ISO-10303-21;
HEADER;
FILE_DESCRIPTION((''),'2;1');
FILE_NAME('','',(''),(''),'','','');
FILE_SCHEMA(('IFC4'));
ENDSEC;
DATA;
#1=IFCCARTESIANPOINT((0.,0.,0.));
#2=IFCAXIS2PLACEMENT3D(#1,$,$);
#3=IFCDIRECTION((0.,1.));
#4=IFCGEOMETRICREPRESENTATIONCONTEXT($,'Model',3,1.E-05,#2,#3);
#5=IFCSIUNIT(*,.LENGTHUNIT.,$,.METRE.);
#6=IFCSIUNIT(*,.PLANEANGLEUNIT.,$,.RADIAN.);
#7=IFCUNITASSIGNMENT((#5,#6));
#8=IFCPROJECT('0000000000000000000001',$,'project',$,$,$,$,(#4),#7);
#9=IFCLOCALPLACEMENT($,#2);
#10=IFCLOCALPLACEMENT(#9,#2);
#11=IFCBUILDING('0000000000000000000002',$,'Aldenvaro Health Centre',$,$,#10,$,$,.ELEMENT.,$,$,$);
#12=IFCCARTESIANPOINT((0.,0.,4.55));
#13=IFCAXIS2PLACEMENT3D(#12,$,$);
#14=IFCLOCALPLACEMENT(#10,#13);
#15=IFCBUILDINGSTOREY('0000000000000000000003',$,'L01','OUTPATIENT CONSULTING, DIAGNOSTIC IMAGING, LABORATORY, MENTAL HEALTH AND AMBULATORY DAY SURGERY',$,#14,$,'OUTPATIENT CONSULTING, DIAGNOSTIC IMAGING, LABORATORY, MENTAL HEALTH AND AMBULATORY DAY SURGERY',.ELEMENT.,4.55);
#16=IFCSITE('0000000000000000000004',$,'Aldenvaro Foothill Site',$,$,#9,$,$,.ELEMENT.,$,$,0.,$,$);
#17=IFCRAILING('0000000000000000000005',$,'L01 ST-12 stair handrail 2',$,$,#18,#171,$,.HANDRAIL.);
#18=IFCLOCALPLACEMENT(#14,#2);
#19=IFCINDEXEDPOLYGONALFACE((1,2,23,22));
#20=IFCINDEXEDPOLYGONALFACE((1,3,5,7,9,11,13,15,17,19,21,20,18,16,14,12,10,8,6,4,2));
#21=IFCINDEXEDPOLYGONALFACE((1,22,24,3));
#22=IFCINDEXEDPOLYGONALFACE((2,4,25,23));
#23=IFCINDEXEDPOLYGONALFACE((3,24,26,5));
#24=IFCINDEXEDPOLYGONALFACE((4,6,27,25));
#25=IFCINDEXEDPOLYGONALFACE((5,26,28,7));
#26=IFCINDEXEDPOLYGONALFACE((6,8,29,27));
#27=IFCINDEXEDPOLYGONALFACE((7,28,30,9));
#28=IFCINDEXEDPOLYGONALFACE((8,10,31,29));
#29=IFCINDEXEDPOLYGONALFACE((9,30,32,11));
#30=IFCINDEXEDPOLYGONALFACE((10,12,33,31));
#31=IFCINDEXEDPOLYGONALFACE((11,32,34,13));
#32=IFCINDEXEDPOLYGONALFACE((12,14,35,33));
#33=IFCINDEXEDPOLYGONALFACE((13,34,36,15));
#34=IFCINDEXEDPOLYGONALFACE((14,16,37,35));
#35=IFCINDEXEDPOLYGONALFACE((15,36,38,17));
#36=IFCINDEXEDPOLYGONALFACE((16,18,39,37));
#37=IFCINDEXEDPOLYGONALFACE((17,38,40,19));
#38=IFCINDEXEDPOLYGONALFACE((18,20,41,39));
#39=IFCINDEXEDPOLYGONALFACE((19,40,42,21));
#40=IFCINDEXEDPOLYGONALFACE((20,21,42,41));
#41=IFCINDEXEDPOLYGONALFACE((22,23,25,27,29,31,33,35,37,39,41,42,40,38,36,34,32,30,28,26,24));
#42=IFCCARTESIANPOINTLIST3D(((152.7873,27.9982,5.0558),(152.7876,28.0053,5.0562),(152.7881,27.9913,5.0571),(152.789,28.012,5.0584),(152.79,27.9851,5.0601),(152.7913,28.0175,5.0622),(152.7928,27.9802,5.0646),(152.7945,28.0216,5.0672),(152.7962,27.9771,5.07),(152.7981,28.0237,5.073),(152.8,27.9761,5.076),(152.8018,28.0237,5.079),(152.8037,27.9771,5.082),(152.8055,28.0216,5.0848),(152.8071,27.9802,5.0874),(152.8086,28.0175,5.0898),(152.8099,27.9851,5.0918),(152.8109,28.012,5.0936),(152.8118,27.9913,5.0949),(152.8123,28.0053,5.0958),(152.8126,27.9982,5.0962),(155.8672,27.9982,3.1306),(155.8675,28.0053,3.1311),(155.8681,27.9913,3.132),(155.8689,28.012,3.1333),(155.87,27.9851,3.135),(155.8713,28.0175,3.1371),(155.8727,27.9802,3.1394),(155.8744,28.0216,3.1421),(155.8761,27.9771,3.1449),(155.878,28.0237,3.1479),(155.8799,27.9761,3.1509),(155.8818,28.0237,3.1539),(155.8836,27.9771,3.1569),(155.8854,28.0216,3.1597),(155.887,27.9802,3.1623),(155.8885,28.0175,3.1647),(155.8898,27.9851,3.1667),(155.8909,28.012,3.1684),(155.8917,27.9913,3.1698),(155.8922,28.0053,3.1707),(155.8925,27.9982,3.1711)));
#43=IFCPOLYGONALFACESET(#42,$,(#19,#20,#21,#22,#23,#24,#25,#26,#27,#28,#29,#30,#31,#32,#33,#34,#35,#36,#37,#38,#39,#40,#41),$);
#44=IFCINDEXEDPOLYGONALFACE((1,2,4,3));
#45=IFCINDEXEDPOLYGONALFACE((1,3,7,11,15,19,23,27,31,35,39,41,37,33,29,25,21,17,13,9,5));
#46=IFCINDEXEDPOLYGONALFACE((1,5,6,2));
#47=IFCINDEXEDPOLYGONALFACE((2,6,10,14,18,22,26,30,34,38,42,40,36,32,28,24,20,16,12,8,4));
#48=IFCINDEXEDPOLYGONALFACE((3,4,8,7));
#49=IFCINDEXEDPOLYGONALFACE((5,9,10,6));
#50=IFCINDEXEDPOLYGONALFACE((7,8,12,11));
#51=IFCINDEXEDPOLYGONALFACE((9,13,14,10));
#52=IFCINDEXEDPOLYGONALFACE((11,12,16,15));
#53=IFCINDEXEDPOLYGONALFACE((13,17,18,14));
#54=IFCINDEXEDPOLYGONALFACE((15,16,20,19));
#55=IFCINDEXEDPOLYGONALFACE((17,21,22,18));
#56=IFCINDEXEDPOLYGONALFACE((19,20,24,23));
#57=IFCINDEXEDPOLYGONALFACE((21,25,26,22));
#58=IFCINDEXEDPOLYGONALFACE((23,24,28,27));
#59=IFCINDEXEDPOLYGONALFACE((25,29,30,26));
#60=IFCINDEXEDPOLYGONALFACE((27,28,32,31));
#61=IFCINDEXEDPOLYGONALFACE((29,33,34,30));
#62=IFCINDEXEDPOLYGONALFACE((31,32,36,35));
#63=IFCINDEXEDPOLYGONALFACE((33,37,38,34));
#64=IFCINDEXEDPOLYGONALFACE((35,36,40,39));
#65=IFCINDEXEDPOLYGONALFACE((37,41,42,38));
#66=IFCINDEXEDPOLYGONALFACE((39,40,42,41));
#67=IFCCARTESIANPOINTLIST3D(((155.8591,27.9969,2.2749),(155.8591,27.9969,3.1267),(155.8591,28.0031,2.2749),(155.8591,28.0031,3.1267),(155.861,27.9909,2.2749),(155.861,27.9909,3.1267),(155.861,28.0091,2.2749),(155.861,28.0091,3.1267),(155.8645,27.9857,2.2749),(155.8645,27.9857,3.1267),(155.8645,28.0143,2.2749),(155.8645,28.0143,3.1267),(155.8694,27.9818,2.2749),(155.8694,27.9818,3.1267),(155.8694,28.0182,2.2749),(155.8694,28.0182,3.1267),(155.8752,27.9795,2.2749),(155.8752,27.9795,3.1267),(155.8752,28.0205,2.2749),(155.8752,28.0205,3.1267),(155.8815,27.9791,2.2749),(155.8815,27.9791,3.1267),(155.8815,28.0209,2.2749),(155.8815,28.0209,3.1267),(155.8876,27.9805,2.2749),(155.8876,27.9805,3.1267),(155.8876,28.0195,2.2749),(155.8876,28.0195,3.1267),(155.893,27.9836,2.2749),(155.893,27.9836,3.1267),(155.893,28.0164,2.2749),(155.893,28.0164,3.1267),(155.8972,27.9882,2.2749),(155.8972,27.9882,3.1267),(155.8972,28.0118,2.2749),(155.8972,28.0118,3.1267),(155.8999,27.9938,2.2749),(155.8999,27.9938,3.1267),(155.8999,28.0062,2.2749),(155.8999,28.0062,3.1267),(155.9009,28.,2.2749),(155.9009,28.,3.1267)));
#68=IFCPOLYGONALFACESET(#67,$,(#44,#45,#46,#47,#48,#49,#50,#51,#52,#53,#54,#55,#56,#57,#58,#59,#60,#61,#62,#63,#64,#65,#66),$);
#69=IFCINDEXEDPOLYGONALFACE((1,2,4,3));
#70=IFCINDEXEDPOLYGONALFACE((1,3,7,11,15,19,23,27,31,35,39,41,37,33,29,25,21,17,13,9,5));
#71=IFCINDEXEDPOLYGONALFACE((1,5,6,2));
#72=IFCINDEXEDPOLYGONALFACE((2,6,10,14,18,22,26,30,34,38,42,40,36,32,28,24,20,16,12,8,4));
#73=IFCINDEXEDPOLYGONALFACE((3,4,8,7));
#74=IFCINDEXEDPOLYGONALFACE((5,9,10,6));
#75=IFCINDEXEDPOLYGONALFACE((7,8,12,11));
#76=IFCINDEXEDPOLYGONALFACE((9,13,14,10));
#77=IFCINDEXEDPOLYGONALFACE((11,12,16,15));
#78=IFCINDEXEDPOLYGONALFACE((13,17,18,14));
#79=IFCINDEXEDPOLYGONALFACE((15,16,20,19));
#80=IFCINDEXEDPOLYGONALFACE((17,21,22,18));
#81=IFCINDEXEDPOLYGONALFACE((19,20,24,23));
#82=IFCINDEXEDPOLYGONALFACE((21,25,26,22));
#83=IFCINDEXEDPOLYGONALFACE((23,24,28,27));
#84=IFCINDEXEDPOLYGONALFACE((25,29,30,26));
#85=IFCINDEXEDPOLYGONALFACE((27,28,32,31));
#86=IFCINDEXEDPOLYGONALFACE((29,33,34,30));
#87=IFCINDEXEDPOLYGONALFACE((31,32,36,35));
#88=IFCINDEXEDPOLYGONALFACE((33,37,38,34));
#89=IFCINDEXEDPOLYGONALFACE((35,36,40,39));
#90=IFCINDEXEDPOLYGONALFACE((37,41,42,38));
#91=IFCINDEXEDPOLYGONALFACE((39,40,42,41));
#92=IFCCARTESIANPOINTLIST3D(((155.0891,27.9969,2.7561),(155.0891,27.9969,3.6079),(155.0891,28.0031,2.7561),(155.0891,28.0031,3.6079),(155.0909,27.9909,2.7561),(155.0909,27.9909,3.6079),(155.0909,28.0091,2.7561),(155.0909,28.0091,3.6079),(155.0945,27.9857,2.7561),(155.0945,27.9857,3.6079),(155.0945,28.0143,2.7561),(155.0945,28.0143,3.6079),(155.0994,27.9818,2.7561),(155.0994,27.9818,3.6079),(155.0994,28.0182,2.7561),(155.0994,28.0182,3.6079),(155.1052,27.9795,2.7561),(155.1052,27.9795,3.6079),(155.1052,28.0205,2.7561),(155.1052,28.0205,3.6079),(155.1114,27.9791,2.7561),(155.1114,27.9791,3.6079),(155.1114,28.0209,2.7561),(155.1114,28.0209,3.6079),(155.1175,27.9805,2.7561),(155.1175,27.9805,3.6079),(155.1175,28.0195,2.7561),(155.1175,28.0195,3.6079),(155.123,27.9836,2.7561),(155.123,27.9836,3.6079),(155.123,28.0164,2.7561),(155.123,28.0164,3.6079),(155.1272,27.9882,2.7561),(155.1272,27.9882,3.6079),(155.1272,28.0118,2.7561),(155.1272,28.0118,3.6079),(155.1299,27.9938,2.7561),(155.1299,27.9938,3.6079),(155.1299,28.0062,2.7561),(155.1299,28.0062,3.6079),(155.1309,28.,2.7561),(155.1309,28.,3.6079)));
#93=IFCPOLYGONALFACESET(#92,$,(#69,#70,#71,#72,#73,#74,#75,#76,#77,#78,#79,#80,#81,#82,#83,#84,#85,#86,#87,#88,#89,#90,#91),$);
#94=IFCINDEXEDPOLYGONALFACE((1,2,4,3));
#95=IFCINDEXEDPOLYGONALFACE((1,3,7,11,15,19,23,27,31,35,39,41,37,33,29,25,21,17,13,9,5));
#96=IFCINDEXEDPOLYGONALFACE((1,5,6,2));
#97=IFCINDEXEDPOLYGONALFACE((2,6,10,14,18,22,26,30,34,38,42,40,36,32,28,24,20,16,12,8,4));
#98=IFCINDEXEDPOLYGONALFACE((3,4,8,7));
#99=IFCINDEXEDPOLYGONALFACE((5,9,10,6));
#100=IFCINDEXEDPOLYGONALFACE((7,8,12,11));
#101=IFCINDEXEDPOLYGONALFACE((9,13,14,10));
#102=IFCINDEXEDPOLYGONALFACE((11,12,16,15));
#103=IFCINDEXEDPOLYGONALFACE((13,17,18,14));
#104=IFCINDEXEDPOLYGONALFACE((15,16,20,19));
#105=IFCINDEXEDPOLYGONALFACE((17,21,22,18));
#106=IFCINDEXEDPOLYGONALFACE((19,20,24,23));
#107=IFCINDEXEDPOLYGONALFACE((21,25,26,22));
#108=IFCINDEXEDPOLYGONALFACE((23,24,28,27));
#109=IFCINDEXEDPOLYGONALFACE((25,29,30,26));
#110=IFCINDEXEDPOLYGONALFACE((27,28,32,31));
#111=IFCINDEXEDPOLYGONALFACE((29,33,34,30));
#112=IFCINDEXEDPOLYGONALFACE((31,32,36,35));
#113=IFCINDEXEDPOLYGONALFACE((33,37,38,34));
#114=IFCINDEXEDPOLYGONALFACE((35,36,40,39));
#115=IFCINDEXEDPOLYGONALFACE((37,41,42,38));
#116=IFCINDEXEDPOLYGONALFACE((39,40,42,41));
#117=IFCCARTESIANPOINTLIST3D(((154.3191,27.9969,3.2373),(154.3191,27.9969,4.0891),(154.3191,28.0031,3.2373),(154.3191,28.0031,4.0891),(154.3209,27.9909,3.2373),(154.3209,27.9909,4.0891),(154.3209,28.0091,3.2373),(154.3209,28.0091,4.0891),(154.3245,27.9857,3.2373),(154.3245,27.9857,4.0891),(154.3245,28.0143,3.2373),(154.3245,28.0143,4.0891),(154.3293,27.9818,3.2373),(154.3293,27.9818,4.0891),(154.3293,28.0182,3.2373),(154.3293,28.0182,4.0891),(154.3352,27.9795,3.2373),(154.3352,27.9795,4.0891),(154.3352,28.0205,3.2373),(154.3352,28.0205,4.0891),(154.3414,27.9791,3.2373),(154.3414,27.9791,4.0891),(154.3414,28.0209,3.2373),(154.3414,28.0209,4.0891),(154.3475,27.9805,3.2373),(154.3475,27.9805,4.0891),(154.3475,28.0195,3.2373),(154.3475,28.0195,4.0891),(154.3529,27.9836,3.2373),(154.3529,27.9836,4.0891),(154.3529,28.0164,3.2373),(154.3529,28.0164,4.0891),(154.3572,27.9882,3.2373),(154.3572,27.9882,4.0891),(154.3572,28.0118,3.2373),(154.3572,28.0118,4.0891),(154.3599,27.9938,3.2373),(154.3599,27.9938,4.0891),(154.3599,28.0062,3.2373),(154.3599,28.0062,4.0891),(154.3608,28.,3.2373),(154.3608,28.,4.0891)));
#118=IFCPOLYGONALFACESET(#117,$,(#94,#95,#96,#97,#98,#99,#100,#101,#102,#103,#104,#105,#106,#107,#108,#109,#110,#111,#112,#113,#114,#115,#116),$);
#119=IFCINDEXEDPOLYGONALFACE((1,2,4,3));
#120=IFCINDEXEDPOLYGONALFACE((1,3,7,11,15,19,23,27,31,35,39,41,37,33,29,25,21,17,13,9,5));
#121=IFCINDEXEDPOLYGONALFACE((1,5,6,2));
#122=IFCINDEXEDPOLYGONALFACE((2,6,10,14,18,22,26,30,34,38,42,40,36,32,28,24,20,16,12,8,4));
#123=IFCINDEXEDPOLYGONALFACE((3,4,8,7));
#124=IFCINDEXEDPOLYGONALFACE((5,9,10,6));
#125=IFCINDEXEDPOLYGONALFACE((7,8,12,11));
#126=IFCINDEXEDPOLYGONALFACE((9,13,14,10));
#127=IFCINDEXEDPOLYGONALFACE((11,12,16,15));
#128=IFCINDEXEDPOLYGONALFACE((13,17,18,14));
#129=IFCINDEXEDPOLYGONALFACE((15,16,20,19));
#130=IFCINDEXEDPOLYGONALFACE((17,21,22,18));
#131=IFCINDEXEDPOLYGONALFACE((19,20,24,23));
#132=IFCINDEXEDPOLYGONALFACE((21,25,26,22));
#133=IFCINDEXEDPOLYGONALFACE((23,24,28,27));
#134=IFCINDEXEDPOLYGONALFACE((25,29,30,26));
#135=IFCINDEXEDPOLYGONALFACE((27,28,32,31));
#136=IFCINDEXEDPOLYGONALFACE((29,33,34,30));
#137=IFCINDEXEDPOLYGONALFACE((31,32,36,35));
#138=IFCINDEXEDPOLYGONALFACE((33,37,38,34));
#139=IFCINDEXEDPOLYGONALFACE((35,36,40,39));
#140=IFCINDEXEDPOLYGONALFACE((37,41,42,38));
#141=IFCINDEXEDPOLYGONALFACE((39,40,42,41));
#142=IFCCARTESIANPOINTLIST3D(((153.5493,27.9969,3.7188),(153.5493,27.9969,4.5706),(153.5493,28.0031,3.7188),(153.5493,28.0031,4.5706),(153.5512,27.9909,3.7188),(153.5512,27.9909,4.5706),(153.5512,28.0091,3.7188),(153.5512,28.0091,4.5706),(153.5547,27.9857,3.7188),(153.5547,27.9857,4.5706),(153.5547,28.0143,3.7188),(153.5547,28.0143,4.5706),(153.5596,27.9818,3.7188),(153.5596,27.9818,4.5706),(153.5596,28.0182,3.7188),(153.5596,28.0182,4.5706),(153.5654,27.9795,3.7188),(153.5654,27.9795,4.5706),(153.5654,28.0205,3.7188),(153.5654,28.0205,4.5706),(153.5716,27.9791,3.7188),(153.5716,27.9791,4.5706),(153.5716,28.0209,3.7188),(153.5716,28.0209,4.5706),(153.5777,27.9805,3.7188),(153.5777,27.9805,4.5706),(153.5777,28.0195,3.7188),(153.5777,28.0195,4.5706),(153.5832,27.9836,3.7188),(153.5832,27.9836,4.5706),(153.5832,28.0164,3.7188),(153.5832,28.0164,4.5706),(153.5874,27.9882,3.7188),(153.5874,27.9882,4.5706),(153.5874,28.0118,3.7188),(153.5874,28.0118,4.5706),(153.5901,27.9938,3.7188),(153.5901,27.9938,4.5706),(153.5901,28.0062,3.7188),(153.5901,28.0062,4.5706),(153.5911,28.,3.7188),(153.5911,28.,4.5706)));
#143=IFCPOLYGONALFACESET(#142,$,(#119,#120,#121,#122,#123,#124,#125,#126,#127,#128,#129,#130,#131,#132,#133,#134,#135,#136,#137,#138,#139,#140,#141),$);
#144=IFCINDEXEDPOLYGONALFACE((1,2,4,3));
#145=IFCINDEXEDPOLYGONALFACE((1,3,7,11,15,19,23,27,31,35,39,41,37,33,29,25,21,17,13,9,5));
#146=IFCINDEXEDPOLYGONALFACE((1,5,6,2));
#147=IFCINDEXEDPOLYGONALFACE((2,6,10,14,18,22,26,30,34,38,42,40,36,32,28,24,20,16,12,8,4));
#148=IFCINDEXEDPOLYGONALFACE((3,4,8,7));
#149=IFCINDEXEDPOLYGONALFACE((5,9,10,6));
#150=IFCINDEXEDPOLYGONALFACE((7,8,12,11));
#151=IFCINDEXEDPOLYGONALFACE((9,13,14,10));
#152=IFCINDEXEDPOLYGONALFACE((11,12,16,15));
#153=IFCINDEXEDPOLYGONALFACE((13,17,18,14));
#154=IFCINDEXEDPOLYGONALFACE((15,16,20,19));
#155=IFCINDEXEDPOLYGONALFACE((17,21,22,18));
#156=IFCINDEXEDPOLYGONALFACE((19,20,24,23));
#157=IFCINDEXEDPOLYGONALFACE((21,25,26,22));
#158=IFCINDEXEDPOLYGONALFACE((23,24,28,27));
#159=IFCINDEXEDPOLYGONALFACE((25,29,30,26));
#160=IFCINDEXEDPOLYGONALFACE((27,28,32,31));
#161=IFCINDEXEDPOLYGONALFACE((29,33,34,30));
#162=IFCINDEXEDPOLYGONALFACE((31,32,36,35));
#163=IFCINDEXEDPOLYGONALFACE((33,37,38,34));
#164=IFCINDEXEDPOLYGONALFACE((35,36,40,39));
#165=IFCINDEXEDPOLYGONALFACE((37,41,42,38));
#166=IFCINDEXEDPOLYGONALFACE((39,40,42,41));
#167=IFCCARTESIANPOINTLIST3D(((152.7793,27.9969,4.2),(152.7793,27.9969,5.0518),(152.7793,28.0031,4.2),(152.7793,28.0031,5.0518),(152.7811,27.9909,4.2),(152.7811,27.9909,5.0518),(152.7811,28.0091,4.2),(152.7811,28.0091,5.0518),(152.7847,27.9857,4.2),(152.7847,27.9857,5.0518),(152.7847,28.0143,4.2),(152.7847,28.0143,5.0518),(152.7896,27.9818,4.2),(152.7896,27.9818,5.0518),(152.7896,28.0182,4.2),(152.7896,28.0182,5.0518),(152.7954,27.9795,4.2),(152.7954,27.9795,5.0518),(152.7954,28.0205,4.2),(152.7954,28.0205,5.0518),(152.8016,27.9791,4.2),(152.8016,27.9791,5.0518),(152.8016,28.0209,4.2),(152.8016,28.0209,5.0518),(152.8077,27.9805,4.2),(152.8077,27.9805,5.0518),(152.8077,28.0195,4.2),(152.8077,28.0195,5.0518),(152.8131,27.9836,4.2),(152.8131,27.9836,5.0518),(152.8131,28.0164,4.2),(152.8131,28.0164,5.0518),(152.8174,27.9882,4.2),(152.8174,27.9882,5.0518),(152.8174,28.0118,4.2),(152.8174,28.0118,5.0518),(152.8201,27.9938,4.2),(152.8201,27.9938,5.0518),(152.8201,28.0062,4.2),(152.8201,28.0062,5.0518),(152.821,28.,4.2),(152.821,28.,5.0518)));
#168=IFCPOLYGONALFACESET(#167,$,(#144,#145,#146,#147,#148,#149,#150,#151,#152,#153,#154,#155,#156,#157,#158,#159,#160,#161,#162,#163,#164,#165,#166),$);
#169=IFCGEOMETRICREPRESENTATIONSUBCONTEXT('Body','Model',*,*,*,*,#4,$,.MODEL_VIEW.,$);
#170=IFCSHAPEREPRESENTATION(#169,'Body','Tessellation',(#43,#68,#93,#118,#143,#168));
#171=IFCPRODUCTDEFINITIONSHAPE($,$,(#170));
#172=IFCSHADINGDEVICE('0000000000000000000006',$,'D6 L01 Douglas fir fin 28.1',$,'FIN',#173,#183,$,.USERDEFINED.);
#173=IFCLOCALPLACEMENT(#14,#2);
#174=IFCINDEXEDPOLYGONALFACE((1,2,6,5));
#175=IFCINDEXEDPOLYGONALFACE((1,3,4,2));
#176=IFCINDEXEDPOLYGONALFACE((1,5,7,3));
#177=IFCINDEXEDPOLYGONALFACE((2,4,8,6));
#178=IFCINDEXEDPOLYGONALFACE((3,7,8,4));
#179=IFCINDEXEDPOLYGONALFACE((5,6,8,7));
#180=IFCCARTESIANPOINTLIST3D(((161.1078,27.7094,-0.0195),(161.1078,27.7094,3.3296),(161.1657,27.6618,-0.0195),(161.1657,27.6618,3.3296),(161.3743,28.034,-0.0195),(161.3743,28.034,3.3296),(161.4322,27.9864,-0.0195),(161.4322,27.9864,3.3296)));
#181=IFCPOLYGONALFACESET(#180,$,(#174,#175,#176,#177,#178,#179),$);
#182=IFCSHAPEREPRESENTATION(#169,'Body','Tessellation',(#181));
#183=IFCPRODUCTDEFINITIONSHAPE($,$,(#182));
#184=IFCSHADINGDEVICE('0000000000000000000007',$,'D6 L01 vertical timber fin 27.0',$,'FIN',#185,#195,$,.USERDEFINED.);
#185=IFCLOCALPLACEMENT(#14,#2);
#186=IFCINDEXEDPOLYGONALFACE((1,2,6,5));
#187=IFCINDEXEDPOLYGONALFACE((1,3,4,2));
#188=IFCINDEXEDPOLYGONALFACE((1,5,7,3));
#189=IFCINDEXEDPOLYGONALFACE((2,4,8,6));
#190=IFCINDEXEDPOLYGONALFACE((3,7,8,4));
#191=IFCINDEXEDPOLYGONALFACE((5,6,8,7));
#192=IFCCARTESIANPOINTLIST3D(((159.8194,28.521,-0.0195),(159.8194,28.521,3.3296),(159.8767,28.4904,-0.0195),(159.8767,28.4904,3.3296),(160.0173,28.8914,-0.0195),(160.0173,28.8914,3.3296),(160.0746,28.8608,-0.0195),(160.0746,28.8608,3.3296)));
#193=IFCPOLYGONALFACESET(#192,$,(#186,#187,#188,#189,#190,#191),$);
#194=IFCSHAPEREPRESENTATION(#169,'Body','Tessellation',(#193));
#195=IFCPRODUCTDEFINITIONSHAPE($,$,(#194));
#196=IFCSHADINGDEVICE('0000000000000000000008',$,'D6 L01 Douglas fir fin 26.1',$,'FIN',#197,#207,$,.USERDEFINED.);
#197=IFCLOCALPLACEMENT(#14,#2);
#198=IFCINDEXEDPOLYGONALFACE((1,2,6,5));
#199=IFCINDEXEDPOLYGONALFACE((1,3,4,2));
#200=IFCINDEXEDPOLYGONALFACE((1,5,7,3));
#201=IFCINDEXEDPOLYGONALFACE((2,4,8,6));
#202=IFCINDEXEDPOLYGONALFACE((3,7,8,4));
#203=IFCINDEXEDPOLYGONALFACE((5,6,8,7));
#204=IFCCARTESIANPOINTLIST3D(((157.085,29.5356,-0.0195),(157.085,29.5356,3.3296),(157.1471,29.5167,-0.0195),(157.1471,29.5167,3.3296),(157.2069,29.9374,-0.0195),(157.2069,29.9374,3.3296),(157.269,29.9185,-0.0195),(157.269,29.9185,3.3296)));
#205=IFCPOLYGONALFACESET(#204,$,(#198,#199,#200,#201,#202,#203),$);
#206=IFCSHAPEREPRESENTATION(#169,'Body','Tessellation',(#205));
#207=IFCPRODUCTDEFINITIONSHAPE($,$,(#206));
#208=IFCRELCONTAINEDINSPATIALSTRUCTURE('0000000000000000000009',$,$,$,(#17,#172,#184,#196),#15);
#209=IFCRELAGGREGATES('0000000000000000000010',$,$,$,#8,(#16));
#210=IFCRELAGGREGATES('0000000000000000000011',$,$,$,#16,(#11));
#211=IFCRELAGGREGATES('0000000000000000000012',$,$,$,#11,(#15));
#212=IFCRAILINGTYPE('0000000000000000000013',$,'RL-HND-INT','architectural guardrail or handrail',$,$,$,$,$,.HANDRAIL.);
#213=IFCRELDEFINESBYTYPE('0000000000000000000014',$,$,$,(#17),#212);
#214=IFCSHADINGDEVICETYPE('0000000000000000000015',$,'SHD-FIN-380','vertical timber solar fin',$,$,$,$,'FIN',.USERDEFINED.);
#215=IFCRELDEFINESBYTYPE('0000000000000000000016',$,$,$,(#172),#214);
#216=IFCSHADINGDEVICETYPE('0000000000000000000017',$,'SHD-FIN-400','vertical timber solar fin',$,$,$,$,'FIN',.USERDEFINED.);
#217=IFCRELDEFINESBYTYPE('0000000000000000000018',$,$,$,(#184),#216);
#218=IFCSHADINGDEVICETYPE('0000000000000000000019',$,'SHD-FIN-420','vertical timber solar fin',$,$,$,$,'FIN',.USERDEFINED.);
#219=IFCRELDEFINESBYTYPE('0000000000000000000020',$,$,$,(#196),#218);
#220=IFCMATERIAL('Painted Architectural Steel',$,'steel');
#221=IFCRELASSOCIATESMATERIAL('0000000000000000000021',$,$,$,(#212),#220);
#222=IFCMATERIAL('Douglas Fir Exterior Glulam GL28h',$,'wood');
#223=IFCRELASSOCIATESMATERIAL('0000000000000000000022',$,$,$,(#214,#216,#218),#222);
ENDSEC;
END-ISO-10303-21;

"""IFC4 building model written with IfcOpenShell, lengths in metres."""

from ifc_helpers import new_model, si_unit, direction, frame, origin, origin_2d, place, context, subcontext, project, spatial, rectangle, circle, extrude, material, type_object, element, save


model = new_model("IFC4")

# Units and contexts
model_context = context("Model", 3, precision=1e-05, world=origin(), true_north=direction((0.0, 1.0)))
body_context = subcontext(model_context, "Body", "Model", "MODEL_VIEW")
ifc_project = project(units=[si_unit("LENGTHUNIT", "METRE"), si_unit("PLANEANGLEUNIT", "RADIAN")], contexts=[model_context])

# Site, building, storey
site_placement = place(None, origin())
site = spatial("IfcSite", under=ifc_project, at=site_placement, Name="Aldenvaro Foothill Site", CompositionType="ELEMENT", RefElevation=0.0)
building_placement = place(site_placement, origin())
building = spatial("IfcBuilding", under=site, at=building_placement, Name="Aldenvaro Health Centre", CompositionType="ELEMENT")
storey_placement = place(building_placement, frame((0.0, 0.0, 4.55)))
storey = spatial("IfcBuildingStorey", under=building, at=storey_placement, Name="L01", Description="OUTPATIENT CONSULTING, DIAGNOSTIC IMAGING, LABORATORY, MENTAL HEALTH AND AMBULATORY DAY SURGERY", LongName="OUTPATIENT CONSULTING, DIAGNOSTIC IMAGING, LABORATORY, MENTAL HEALTH AND AMBULATORY DAY SURGERY", CompositionType="ELEMENT", Elevation=4.55)

# Railing
ifc_material_1 = material(Name="Painted Architectural Steel", Category="steel")
railing_type = type_object("IfcRailingType", Name="RL-HND-INT", Description="architectural guardrail or handrail", PredefinedType="HANDRAIL", material=ifc_material_1)
railing_placement = place(storey_placement, frame((155.8799, 28.0, 2.2749)))
element("IfcRailing", 1, at=railing_placement, inside=storey, type_object=railing_type, Name="L01 ST-12 stair handrail 2", PredefinedType="HANDRAIL", context=body_context, shape_type="SweptSolid", body=[
    extrude(circle(Radius=0.0239, at=origin_2d()), frame((0.0, 0.0, 0.876), z_axis=(-0.847979, 0.0, 0.530029), x_axis=(0.0, -1.0, 0.0)), (0.0, 0.0, 1.0), 3.6321),
    extrude(circle(Radius=0.021, at=origin_2d()), origin(), (0.0, 0.0, 1.0), 0.8518),
    extrude(circle(Radius=0.021, at=origin_2d()), frame((-0.77, 0.0, 0.4812)), (0.0, 0.0, 1.0), 0.8518),
    extrude(circle(Radius=0.021, at=origin_2d()), frame((-1.54, 0.0, 0.9624)), (0.0, 0.0, 1.0), 0.8518),
    extrude(circle(Radius=0.021, at=origin_2d()), frame((-2.3098, 0.0, 1.4438)), (0.0, 0.0, 1.0), 0.8518),
    extrude(circle(Radius=0.021, at=origin_2d()), frame((-3.0798, 0.0, 1.925)), (0.0, 0.0, 1.0), 0.8518),
])

# Shading devices
ifc_material_2 = material(Name="Douglas Fir Exterior Glulam GL28h", Category="wood")
shading_device_type_1 = type_object("IfcShadingDeviceType", Name="SHD-FIN-380", Description="vertical timber solar fin", ElementType="FIN", PredefinedType="USERDEFINED", material=ifc_material_2)
shading_device_1_placement = place(storey_placement, frame((161.27, 27.8479, -0.0195), z_axis=(0.0, 0.0, 1.0), x_axis=(0.77286, -0.634577, 0.0)))
element("IfcShadingDevice", 2, at=shading_device_1_placement, inside=storey, type_object=shading_device_type_1, Name="D6 L01 Douglas fir fin 28.1", ObjectType="FIN", PredefinedType="USERDEFINED", context=body_context, shape_type="SweptSolid", body=[
    extrude(rectangle(XDim=0.075, YDim=0.4199, at=origin_2d()), origin(), (0.0, 0.0, 1.0), 3.3491),
])
shading_device_type_2 = type_object("IfcShadingDeviceType", Name="SHD-FIN-400", Description="vertical timber solar fin", ElementType="FIN", PredefinedType="USERDEFINED", material=ifc_material_2)
shading_device_2_placement = place(storey_placement, frame((159.947, 28.6909, -0.0195), z_axis=(0.0, 0.0, 1.0), x_axis=(0.882018, -0.471215, 0.0)))
element("IfcShadingDevice", 3, at=shading_device_2_placement, inside=storey, type_object=shading_device_type_2, Name="D6 L01 vertical timber fin 27.0", ObjectType="FIN", PredefinedType="USERDEFINED", context=body_context, shape_type="SweptSolid", body=[
    extrude(rectangle(XDim=0.0649, YDim=0.4199, at=origin_2d()), origin(), (0.0, 0.0, 1.0), 3.3491),
])
shading_device_type_3 = type_object("IfcShadingDeviceType", Name="SHD-FIN-420", Description="vertical timber solar fin", ElementType="FIN", PredefinedType="USERDEFINED", material=ifc_material_2)
shading_device_3_placement = place(storey_placement, frame((157.177, 29.7271, -0.0195), z_axis=(0.0, 0.0, 1.0), x_axis=(0.956923, -0.290343, 0.0)))
element("IfcShadingDevice", 4, at=shading_device_3_placement, inside=storey, type_object=shading_device_type_3, Name="D6 L01 Douglas fir fin 26.1", ObjectType="FIN", PredefinedType="USERDEFINED", context=body_context, shape_type="SweptSolid", body=[
    extrude(rectangle(XDim=0.0649, YDim=0.4199, at=origin_2d()), origin(), (0.0, 0.0, 1.0), 3.3491),
])

save(model, "model.ifc")
